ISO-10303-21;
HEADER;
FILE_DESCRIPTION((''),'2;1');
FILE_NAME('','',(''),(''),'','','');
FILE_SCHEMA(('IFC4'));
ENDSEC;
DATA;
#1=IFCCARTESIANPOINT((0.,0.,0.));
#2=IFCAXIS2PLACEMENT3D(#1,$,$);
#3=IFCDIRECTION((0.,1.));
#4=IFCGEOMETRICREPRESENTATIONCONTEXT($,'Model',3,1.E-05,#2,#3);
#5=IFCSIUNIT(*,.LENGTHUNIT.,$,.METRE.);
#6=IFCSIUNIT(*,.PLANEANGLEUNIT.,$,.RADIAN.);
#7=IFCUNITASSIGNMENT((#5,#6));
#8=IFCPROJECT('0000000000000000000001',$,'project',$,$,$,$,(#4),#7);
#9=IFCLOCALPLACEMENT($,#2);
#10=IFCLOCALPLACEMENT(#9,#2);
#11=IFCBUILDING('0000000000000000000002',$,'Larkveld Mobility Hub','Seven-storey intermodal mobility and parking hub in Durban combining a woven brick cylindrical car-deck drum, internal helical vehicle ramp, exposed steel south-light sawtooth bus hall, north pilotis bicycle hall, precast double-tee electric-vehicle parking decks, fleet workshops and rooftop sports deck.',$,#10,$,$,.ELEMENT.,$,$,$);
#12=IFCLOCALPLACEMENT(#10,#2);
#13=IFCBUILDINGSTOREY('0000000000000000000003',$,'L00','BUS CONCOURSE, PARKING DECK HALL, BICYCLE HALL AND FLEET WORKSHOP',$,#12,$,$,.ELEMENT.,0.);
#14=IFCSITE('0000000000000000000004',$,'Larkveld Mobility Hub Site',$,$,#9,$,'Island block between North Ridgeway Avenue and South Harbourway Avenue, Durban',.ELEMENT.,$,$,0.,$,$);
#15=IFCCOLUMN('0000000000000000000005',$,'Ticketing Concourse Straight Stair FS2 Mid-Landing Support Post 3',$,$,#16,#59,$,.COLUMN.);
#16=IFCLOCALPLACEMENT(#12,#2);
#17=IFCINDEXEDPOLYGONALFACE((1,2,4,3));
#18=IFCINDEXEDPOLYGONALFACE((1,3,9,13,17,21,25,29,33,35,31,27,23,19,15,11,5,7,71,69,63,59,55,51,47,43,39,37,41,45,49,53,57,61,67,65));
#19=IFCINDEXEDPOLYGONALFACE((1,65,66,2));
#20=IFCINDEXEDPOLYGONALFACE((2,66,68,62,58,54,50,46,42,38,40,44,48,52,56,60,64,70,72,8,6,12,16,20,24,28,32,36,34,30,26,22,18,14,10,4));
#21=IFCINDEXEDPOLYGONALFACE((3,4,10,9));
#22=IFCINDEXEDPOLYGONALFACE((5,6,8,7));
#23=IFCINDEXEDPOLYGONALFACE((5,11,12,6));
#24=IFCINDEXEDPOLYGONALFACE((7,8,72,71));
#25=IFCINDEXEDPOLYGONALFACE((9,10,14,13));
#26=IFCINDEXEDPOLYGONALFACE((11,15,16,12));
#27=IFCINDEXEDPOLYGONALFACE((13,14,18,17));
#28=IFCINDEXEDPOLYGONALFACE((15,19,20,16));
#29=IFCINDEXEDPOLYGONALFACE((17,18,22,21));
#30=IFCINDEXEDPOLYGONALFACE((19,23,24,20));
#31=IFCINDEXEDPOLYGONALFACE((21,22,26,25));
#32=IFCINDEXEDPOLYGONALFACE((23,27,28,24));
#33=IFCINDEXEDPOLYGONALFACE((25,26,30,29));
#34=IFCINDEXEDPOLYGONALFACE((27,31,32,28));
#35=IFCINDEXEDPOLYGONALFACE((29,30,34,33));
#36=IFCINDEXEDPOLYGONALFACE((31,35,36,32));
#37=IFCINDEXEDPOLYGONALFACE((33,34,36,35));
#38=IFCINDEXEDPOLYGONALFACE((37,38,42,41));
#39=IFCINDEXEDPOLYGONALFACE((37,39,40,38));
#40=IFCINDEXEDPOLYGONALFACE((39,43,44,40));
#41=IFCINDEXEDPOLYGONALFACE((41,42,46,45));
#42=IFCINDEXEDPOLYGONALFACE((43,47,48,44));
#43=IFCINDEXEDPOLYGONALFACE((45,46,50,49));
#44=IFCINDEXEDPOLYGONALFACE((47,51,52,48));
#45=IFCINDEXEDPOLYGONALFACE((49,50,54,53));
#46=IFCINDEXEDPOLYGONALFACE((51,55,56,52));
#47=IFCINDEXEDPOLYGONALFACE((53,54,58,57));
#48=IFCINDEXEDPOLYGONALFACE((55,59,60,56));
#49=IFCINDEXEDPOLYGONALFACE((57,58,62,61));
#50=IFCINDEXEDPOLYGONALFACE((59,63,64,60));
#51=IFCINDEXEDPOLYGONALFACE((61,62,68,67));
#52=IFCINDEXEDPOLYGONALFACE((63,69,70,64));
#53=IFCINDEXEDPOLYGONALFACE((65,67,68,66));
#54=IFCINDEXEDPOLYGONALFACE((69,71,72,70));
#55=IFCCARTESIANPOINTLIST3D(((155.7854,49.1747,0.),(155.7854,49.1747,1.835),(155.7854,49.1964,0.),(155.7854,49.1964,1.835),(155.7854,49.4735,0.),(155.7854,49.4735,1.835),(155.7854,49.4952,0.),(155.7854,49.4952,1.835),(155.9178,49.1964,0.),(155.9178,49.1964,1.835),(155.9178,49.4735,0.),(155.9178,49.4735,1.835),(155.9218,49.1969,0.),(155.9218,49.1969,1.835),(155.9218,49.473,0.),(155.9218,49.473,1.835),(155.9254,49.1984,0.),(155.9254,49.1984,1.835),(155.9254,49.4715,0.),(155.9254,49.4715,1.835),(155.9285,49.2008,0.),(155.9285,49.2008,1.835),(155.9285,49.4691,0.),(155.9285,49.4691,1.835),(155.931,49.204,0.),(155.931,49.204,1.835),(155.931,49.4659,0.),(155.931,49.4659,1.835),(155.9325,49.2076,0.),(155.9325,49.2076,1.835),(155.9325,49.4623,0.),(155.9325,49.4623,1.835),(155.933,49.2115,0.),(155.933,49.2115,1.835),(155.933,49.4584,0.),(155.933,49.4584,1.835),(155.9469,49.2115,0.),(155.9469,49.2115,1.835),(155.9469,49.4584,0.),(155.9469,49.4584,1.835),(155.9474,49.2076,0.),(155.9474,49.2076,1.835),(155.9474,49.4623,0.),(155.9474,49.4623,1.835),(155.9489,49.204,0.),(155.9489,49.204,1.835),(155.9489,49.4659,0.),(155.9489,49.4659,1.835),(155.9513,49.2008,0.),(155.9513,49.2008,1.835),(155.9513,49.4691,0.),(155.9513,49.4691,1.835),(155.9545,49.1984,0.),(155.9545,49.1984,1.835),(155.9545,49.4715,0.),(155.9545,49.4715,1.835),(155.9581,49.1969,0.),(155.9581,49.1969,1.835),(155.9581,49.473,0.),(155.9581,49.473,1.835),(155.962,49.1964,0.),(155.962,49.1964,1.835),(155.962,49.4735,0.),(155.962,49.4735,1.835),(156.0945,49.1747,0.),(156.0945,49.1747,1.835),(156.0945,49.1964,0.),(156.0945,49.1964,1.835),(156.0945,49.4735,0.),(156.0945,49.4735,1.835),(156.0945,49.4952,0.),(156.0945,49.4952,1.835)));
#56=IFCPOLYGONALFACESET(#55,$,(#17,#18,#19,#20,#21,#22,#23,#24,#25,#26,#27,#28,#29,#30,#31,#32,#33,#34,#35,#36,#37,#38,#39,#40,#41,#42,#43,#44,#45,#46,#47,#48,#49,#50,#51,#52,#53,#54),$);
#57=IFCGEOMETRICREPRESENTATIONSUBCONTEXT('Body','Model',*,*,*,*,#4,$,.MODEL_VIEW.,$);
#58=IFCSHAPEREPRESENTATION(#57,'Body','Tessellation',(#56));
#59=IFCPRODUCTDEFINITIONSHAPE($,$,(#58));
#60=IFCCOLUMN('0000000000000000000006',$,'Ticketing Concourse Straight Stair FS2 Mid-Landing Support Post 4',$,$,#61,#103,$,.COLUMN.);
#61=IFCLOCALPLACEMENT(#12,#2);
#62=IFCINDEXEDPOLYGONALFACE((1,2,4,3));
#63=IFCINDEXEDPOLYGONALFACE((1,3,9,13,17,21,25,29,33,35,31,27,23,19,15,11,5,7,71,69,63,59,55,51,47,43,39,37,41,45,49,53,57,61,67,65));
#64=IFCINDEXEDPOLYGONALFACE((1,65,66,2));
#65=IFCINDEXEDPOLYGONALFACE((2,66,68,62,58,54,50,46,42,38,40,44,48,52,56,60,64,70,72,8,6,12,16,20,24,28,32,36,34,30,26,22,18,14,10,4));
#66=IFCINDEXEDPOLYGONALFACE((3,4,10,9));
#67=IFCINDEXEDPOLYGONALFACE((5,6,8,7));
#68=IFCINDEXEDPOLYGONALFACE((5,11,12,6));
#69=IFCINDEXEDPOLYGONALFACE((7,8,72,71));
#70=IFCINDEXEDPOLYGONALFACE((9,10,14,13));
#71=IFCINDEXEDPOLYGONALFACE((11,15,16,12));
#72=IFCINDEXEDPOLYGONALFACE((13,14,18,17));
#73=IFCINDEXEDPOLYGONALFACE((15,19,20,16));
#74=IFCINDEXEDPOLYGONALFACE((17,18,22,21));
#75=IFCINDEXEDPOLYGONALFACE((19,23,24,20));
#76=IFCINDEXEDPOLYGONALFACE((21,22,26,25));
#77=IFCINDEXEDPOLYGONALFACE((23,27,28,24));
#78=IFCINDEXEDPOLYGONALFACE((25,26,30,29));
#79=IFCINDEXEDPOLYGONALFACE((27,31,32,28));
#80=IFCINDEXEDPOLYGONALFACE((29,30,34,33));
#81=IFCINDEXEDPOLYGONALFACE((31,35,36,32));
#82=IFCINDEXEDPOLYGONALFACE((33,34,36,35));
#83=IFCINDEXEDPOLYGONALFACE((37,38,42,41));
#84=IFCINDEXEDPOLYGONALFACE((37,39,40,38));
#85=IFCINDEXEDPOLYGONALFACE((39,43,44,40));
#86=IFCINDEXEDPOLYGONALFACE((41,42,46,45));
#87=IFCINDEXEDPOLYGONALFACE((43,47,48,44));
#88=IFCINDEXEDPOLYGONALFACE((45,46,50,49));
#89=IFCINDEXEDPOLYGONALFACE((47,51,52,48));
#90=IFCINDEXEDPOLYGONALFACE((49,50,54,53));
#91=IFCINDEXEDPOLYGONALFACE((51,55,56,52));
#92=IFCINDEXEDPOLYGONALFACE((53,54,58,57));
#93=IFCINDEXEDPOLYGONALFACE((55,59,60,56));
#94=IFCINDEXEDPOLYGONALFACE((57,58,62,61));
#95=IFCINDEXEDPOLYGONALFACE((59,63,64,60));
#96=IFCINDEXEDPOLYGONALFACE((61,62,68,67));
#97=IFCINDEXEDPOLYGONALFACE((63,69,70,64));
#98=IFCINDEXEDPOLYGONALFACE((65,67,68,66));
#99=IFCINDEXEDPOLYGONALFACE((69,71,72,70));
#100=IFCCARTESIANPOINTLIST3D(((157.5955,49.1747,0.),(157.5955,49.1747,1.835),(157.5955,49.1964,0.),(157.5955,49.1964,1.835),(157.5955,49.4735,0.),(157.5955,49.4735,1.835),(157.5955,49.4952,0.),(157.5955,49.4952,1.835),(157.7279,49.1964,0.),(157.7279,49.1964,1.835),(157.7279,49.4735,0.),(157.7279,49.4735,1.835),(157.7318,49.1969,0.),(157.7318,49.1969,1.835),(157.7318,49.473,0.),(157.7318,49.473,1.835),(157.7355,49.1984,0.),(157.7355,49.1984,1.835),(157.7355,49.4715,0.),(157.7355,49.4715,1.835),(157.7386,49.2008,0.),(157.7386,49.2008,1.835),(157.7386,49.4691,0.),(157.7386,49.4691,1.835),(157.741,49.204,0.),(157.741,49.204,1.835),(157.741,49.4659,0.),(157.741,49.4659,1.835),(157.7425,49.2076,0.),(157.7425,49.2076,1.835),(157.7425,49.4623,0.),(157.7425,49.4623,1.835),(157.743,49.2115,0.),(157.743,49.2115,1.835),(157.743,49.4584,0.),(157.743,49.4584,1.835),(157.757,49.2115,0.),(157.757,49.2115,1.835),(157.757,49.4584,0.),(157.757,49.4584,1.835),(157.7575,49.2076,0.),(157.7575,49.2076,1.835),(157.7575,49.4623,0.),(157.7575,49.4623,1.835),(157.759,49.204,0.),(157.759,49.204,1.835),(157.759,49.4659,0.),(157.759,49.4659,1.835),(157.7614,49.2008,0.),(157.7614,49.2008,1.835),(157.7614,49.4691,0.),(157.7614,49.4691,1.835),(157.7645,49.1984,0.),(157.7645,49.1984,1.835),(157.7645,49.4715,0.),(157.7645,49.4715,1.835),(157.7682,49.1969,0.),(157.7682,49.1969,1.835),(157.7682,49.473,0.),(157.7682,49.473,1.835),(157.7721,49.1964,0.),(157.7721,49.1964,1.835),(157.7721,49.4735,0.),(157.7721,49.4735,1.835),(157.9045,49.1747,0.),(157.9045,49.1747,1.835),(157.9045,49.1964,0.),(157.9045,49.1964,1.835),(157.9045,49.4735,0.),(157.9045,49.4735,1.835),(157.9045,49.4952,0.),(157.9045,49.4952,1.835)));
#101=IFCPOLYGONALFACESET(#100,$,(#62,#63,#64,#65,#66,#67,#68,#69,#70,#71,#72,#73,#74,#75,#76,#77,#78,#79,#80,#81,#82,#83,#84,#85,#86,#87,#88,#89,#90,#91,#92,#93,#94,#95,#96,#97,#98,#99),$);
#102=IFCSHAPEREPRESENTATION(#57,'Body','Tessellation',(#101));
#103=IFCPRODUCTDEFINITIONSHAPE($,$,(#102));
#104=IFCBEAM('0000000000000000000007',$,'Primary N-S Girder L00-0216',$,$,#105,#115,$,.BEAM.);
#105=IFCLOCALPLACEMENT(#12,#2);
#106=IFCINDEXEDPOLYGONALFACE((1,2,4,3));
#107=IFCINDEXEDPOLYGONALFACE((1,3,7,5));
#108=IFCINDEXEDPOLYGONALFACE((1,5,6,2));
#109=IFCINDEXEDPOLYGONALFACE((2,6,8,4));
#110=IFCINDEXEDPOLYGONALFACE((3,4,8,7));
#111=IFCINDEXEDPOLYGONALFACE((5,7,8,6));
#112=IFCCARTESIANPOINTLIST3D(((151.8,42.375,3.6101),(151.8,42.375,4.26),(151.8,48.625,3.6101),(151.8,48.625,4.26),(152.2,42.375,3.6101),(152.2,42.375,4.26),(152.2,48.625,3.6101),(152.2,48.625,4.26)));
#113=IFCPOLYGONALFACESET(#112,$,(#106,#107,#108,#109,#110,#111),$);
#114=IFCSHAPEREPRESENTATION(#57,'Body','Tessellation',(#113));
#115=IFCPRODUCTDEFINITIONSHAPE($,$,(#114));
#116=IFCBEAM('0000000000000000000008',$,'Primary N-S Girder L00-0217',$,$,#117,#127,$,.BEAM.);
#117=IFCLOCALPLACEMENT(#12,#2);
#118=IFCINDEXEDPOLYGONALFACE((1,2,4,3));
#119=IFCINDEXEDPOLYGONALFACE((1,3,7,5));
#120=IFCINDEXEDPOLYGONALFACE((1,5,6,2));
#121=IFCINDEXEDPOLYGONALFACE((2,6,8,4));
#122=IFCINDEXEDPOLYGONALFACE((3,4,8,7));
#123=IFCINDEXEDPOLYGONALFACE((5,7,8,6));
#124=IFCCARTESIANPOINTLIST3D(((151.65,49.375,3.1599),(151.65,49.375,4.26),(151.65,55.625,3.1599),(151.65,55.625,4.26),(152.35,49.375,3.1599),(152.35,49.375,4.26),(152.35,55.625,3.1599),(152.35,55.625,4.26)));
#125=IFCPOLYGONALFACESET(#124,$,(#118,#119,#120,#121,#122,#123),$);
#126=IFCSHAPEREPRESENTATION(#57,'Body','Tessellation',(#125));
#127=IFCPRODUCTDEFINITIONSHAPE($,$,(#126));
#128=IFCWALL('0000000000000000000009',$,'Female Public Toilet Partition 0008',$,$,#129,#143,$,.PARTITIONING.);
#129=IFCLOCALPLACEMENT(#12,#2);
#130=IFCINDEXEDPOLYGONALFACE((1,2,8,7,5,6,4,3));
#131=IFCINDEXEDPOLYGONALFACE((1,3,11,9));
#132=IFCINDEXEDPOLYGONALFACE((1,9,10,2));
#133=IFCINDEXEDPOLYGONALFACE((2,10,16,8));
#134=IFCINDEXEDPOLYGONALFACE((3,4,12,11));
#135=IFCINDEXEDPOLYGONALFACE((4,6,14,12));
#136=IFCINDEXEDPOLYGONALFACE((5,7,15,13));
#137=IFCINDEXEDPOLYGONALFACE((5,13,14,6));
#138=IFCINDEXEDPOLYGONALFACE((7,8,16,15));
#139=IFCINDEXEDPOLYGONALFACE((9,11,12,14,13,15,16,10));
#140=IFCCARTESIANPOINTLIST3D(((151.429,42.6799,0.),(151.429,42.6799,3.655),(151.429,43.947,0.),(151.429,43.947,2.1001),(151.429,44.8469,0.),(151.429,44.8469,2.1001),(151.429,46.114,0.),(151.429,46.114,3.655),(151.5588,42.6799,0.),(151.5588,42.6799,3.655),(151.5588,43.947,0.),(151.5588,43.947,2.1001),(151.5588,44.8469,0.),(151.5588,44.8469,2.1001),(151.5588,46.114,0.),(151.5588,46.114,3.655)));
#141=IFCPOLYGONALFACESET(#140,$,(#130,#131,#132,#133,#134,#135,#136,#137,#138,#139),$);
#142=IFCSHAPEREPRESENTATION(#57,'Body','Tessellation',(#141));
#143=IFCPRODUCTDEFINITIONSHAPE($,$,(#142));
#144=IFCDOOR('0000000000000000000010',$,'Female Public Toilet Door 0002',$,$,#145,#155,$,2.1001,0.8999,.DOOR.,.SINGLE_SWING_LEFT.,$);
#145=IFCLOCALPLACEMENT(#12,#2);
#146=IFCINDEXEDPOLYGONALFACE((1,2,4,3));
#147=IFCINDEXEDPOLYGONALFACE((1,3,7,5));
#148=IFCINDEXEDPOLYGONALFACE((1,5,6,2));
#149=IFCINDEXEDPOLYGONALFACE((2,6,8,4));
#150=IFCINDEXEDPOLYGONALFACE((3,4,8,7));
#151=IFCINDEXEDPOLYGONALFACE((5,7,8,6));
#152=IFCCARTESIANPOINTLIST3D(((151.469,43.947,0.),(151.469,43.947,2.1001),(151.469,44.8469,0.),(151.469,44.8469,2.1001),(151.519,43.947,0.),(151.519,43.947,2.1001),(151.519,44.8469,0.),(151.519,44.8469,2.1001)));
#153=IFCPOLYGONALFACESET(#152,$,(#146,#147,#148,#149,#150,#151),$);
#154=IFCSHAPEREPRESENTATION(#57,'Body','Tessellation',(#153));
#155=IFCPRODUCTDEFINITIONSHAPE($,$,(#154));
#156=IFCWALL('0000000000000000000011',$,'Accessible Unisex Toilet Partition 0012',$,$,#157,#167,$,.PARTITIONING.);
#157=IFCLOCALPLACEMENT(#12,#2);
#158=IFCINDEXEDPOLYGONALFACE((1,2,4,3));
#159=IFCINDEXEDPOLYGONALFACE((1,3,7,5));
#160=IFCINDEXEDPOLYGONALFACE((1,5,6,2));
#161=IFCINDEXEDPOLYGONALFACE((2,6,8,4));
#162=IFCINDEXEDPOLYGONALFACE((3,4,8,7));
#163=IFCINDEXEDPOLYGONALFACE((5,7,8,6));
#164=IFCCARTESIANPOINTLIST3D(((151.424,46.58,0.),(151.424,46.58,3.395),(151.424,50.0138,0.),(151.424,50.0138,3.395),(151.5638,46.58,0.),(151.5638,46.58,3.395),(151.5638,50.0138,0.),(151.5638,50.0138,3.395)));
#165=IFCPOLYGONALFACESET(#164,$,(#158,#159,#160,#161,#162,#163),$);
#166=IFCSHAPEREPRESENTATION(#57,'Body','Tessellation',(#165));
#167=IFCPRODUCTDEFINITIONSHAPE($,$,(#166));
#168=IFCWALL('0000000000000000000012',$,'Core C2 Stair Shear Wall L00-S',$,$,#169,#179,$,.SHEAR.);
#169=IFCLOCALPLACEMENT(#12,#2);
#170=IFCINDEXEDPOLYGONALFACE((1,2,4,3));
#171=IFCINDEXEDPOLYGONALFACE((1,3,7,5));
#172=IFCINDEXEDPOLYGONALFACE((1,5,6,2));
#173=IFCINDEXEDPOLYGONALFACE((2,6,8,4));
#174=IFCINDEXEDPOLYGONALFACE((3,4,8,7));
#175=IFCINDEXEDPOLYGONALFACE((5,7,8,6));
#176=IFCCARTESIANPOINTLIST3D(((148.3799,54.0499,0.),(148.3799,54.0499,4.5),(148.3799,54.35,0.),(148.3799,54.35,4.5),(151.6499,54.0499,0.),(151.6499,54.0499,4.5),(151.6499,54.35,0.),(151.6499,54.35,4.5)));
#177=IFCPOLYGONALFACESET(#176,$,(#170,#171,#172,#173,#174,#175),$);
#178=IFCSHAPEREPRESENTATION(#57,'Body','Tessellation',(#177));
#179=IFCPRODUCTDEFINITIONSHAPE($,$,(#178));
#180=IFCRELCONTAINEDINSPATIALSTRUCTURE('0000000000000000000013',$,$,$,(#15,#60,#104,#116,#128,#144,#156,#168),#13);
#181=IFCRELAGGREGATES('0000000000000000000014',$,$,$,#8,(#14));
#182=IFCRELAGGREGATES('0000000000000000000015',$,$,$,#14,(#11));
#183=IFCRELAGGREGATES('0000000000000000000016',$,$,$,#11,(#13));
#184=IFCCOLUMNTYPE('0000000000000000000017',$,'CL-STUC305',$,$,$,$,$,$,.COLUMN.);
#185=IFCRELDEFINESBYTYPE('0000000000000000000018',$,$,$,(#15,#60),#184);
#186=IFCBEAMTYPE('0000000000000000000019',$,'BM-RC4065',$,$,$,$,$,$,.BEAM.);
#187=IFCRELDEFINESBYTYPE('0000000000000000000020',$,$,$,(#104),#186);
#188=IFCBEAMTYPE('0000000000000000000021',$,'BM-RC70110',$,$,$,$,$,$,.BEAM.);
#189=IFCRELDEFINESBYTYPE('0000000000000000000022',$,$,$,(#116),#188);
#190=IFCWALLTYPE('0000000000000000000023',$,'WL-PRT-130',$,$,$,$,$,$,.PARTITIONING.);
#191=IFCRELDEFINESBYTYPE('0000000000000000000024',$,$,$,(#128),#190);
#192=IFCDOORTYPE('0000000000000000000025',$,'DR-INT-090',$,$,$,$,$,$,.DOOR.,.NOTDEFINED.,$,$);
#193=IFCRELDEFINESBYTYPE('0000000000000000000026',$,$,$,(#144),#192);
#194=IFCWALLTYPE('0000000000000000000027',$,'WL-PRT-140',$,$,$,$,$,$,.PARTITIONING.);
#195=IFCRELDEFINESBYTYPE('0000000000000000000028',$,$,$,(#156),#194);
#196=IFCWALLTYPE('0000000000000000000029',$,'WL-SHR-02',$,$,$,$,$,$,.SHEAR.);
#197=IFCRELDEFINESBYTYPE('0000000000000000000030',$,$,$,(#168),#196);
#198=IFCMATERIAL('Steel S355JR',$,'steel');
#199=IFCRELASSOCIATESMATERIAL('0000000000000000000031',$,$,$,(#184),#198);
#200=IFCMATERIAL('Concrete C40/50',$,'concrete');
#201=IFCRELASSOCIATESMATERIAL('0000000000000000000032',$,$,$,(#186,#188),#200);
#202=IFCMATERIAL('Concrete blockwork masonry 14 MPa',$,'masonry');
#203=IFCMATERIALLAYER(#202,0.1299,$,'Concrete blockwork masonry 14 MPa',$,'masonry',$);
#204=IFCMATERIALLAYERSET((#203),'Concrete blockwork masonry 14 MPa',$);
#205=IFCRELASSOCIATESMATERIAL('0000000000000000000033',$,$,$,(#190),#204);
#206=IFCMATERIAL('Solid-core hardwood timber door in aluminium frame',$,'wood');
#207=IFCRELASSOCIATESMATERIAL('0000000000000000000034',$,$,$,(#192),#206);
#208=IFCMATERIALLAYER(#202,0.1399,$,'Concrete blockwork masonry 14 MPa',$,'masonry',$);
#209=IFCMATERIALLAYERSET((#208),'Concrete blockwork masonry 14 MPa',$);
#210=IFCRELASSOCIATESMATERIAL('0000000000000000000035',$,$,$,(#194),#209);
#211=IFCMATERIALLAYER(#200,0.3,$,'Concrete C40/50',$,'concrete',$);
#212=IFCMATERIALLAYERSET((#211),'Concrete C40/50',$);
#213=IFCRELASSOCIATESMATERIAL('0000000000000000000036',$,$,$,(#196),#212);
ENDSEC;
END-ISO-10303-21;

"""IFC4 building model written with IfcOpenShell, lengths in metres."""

from ifc_helpers import new_model, si_unit, direction, frame, frame_2d, origin, origin_2d, place, context, subcontext, project, spatial, rectangle, i_section, extrude, material, layer, layer_set, material_profile, profile_set, type_object, element, fill, save


model = new_model("IFC4")

# Units and contexts
model_context = context("Model", 3, precision=1e-05, world=origin(), true_north=direction((0.0, 1.0)))
body_context = subcontext(model_context, "Body", "Model", "MODEL_VIEW")
ifc_project = project(units=[si_unit("LENGTHUNIT", "METRE"), si_unit("PLANEANGLEUNIT", "RADIAN")], contexts=[model_context])

# Site, building, storey
site_placement = place(None, origin())
site = spatial("IfcSite", under=ifc_project, at=site_placement, Name="Larkveld Mobility Hub Site", LongName="Island block between North Ridgeway Avenue and South Harbourway Avenue, Durban", CompositionType="ELEMENT", RefElevation=0.0)
building_placement = place(site_placement, origin())
building = spatial("IfcBuilding", under=site, at=building_placement, Name="Larkveld Mobility Hub", Description="Seven-storey intermodal mobility and parking hub in Durban combining a woven brick cylindrical car-deck drum, internal helical vehicle ramp, exposed steel south-light sawtooth bus hall, north pilotis bicycle hall, precast double-tee electric-vehicle parking decks, fleet workshops and rooftop sports deck.", CompositionType="ELEMENT")
storey_placement = place(building_placement, origin())
storey = spatial("IfcBuildingStorey", under=building, at=storey_placement, Name="L00", Description="BUS CONCOURSE, PARKING DECK HALL, BICYCLE HALL AND FLEET WORKSHOP", CompositionType="ELEMENT", Elevation=0.0)

# Columns
ifc_material_1 = material(Name="Concrete C40/50", Category="concrete")
ifc_material_2 = material(Name="Steel S355JR", Category="steel")
ifc_material_profile_1 = material_profile(ifc_material_2, i_section(OverallWidth=0.3091, OverallDepth=0.3206, WebThickness=0.0139, FlangeThickness=0.0217, FilletRadius=0.0151, at=origin_2d()), Name="UC 305x305x137")
ifc_profile_set_1 = profile_set([ifc_material_profile_1], Name="Steel S355JR")
column_type_1 = type_object("IfcColumnType", Name="CL-STUC305", PredefinedType="COLUMN", material=ifc_profile_set_1)
for number, where, z_axis, x_axis, name in (
    (1, (155.9399, 49.335, 0.0), (0.0, 0.0, 1.0), (1.0, 0.0, 0.0), "Ticketing Concourse Straight Stair FS2 Mid-Landing Support Post 3"),
    (2, (157.75, 49.335, 0.0), (0.0, 0.0, 1.0), (1.0, 0.0, 0.0), "Ticketing Concourse Straight Stair FS2 Mid-Landing Support Post 4"),
):
    element("IfcColumn", number, at=place(storey_placement, frame(where, z_axis=z_axis, x_axis=x_axis)), inside=storey, type_object=column_type_1, Name=name, PredefinedType="COLUMN", context=body_context, shape_type="SweptSolid", body=[
        extrude(i_section(OverallWidth=0.3091, OverallDepth=0.3206, WebThickness=0.0139, FlangeThickness=0.0217, FilletRadius=0.0151, at=origin_2d()), origin(), (0.0, 0.0, 1.0), 1.835),
    ])

# Beams
ifc_material_profile_2 = material_profile(ifc_material_1, rectangle(XDim=0.3999, YDim=0.6499, at=origin_2d()), Name="RC BM 400x650")
ifc_profile_set_2 = profile_set([ifc_material_profile_2], Name="Concrete C40/50")
beam_type_1 = type_object("IfcBeamType", Name="BM-RC4065", PredefinedType="BEAM", material=ifc_profile_set_2)
beam_1_placement = place(storey_placement, frame((152.0, 42.375, 3.9351), z_axis=(0.0, 1.0, 0.0), x_axis=(-1.0, 0.0, 0.0)))
element("IfcBeam", 3, at=beam_1_placement, inside=storey, type_object=beam_type_1, Name="Primary N-S Girder L00-0216", PredefinedType="BEAM", context=body_context, shape_type="SweptSolid", body=[
    extrude(rectangle(XDim=0.3999, YDim=0.6499, at=origin_2d()), origin(), (0.0, 0.0, 1.0), 6.25),
])
ifc_material_profile_3 = material_profile(ifc_material_1, rectangle(XDim=0.7, YDim=1.1001, at=origin_2d()), Name="RC BM 700x1100")
ifc_profile_set_3 = profile_set([ifc_material_profile_3], Name="Concrete C40/50")
beam_type_2 = type_object("IfcBeamType", Name="BM-RC70110", PredefinedType="BEAM", material=ifc_profile_set_3)
beam_2_placement = place(storey_placement, frame((152.0, 49.375, 3.71), z_axis=(0.0, 1.0, 0.0), x_axis=(-1.0, 0.0, 0.0)))
element("IfcBeam", 4, at=beam_2_placement, inside=storey, type_object=beam_type_2, Name="Primary N-S Girder L00-0217", PredefinedType="BEAM", context=body_context, shape_type="SweptSolid", body=[
    extrude(rectangle(XDim=0.7, YDim=1.1001, at=origin_2d()), origin(), (0.0, 0.0, 1.0), 6.25),
])

# Wall, opening, door
ifc_material_3 = material(Name="Concrete blockwork masonry 14 MPa", Category="masonry")
ifc_layer_1 = layer(ifc_material_3, 0.1299, Name="Concrete blockwork masonry 14 MPa", Category="masonry")
ifc_layer_set_1 = layer_set([ifc_layer_1], Name="Concrete blockwork masonry 14 MPa")
wall_type_1 = type_object("IfcWallType", Name="WL-PRT-130", PredefinedType="PARTITIONING", material=ifc_layer_set_1)
wall_1_placement = place(storey_placement, frame((151.4939, 42.6799, 0.0), z_axis=(0.0, 0.0, 1.0), x_axis=(0.0, 1.0, 0.0)))
wall_1 = element("IfcWall", 5, at=wall_1_placement, inside=storey, type_object=wall_type_1, Name="Female Public Toilet Partition 0008", PredefinedType="PARTITIONING", context=body_context, shape_type="SweptSolid", body=[
    extrude(rectangle(XDim=3.4341, YDim=0.1299, at=frame_2d((1.717, 0.0))), origin(), (0.0, 0.0, 1.0), 3.655),
])
opening_1_placement = place(wall_1_placement, frame((1.2671, 0.0, 0.0)))
opening_1 = element("IfcOpeningElement", 6, at=opening_1_placement, cuts=wall_1, PredefinedType="OPENING", context=body_context, shape_type="SweptSolid", body=[
    extrude(rectangle(XDim=0.8999, YDim=2.1001, at=frame_2d((0.45, 1.05))), frame((0.0, 0.075, 0.0), z_axis=(0.0, -1.0, 0.0), x_axis=(1.0, 0.0, 0.0)), (0.0, 0.0, 1.0), 0.1499),
])
ifc_material_4 = material(Name="Solid-core hardwood timber door in aluminium frame", Category="wood")
door_type_1 = type_object("IfcDoorType", Name="DR-INT-090", OperationType="NOTDEFINED", PredefinedType="DOOR", material=ifc_material_4)
door_1_placement = place(opening_1_placement, origin())
door_1 = element("IfcDoor", 7, at=door_1_placement, inside=storey, type_object=door_type_1, Name="Female Public Toilet Door 0002", OperationType="SINGLE_SWING_LEFT", OverallHeight=2.1001, OverallWidth=0.8999, PredefinedType="DOOR", context=body_context, shape_type="SweptSolid", body=[
    extrude(rectangle(XDim=0.8999, YDim=2.1001, at=frame_2d((0.45, 1.05))), frame((0.0, 0.0249, 0.0), z_axis=(0.0, -1.0, 0.0), x_axis=(1.0, 0.0, 0.0)), (0.0, 0.0, 1.0), 0.05),
])
fill(opening_1, door_1)

# Wall
ifc_layer_2 = layer(ifc_material_3, 0.1399, Name="Concrete blockwork masonry 14 MPa", Category="masonry")
ifc_layer_set_2 = layer_set([ifc_layer_2], Name="Concrete blockwork masonry 14 MPa")
wall_type_2 = type_object("IfcWallType", Name="WL-PRT-140", PredefinedType="PARTITIONING", material=ifc_layer_set_2)
wall_2_placement = place(storey_placement, frame((151.4939, 46.5801, 0.0), z_axis=(0.0, 0.0, 1.0), x_axis=(0.0, 1.0, 0.0)))
element("IfcWall", 8, at=wall_2_placement, inside=storey, type_object=wall_type_2, Name="Accessible Unisex Toilet Partition 0012", PredefinedType="PARTITIONING", context=body_context, shape_type="SweptSolid", body=[
    extrude(rectangle(XDim=3.4338, YDim=0.1399, at=frame_2d((1.7168, 0.0))), origin(), (0.0, 0.0, 1.0), 3.395),
])

# Wall
ifc_layer_3 = layer(ifc_material_1, 0.3, Name="Concrete C40/50", Category="concrete")
ifc_layer_set_3 = layer_set([ifc_layer_3], Name="Concrete C40/50")
wall_type_3 = type_object("IfcWallType", Name="WL-SHR-02", PredefinedType="SHEAR", material=ifc_layer_set_3)
wall_3_placement = place(storey_placement, frame((151.6499, 54.2, 0.0), z_axis=(0.0, 0.0, 1.0), x_axis=(-1.0, 0.0, 0.0)))
element("IfcWall", 9, at=wall_3_placement, inside=storey, type_object=wall_type_3, Name="Core C2 Stair Shear Wall L00-S", PredefinedType="SHEAR", context=body_context, shape_type="SweptSolid", body=[
    extrude(rectangle(XDim=3.27, YDim=0.3, at=frame_2d((1.635, 0.0))), origin(), (0.0, 0.0, 1.0), 4.5),
])

save(model, "model.ifc")
